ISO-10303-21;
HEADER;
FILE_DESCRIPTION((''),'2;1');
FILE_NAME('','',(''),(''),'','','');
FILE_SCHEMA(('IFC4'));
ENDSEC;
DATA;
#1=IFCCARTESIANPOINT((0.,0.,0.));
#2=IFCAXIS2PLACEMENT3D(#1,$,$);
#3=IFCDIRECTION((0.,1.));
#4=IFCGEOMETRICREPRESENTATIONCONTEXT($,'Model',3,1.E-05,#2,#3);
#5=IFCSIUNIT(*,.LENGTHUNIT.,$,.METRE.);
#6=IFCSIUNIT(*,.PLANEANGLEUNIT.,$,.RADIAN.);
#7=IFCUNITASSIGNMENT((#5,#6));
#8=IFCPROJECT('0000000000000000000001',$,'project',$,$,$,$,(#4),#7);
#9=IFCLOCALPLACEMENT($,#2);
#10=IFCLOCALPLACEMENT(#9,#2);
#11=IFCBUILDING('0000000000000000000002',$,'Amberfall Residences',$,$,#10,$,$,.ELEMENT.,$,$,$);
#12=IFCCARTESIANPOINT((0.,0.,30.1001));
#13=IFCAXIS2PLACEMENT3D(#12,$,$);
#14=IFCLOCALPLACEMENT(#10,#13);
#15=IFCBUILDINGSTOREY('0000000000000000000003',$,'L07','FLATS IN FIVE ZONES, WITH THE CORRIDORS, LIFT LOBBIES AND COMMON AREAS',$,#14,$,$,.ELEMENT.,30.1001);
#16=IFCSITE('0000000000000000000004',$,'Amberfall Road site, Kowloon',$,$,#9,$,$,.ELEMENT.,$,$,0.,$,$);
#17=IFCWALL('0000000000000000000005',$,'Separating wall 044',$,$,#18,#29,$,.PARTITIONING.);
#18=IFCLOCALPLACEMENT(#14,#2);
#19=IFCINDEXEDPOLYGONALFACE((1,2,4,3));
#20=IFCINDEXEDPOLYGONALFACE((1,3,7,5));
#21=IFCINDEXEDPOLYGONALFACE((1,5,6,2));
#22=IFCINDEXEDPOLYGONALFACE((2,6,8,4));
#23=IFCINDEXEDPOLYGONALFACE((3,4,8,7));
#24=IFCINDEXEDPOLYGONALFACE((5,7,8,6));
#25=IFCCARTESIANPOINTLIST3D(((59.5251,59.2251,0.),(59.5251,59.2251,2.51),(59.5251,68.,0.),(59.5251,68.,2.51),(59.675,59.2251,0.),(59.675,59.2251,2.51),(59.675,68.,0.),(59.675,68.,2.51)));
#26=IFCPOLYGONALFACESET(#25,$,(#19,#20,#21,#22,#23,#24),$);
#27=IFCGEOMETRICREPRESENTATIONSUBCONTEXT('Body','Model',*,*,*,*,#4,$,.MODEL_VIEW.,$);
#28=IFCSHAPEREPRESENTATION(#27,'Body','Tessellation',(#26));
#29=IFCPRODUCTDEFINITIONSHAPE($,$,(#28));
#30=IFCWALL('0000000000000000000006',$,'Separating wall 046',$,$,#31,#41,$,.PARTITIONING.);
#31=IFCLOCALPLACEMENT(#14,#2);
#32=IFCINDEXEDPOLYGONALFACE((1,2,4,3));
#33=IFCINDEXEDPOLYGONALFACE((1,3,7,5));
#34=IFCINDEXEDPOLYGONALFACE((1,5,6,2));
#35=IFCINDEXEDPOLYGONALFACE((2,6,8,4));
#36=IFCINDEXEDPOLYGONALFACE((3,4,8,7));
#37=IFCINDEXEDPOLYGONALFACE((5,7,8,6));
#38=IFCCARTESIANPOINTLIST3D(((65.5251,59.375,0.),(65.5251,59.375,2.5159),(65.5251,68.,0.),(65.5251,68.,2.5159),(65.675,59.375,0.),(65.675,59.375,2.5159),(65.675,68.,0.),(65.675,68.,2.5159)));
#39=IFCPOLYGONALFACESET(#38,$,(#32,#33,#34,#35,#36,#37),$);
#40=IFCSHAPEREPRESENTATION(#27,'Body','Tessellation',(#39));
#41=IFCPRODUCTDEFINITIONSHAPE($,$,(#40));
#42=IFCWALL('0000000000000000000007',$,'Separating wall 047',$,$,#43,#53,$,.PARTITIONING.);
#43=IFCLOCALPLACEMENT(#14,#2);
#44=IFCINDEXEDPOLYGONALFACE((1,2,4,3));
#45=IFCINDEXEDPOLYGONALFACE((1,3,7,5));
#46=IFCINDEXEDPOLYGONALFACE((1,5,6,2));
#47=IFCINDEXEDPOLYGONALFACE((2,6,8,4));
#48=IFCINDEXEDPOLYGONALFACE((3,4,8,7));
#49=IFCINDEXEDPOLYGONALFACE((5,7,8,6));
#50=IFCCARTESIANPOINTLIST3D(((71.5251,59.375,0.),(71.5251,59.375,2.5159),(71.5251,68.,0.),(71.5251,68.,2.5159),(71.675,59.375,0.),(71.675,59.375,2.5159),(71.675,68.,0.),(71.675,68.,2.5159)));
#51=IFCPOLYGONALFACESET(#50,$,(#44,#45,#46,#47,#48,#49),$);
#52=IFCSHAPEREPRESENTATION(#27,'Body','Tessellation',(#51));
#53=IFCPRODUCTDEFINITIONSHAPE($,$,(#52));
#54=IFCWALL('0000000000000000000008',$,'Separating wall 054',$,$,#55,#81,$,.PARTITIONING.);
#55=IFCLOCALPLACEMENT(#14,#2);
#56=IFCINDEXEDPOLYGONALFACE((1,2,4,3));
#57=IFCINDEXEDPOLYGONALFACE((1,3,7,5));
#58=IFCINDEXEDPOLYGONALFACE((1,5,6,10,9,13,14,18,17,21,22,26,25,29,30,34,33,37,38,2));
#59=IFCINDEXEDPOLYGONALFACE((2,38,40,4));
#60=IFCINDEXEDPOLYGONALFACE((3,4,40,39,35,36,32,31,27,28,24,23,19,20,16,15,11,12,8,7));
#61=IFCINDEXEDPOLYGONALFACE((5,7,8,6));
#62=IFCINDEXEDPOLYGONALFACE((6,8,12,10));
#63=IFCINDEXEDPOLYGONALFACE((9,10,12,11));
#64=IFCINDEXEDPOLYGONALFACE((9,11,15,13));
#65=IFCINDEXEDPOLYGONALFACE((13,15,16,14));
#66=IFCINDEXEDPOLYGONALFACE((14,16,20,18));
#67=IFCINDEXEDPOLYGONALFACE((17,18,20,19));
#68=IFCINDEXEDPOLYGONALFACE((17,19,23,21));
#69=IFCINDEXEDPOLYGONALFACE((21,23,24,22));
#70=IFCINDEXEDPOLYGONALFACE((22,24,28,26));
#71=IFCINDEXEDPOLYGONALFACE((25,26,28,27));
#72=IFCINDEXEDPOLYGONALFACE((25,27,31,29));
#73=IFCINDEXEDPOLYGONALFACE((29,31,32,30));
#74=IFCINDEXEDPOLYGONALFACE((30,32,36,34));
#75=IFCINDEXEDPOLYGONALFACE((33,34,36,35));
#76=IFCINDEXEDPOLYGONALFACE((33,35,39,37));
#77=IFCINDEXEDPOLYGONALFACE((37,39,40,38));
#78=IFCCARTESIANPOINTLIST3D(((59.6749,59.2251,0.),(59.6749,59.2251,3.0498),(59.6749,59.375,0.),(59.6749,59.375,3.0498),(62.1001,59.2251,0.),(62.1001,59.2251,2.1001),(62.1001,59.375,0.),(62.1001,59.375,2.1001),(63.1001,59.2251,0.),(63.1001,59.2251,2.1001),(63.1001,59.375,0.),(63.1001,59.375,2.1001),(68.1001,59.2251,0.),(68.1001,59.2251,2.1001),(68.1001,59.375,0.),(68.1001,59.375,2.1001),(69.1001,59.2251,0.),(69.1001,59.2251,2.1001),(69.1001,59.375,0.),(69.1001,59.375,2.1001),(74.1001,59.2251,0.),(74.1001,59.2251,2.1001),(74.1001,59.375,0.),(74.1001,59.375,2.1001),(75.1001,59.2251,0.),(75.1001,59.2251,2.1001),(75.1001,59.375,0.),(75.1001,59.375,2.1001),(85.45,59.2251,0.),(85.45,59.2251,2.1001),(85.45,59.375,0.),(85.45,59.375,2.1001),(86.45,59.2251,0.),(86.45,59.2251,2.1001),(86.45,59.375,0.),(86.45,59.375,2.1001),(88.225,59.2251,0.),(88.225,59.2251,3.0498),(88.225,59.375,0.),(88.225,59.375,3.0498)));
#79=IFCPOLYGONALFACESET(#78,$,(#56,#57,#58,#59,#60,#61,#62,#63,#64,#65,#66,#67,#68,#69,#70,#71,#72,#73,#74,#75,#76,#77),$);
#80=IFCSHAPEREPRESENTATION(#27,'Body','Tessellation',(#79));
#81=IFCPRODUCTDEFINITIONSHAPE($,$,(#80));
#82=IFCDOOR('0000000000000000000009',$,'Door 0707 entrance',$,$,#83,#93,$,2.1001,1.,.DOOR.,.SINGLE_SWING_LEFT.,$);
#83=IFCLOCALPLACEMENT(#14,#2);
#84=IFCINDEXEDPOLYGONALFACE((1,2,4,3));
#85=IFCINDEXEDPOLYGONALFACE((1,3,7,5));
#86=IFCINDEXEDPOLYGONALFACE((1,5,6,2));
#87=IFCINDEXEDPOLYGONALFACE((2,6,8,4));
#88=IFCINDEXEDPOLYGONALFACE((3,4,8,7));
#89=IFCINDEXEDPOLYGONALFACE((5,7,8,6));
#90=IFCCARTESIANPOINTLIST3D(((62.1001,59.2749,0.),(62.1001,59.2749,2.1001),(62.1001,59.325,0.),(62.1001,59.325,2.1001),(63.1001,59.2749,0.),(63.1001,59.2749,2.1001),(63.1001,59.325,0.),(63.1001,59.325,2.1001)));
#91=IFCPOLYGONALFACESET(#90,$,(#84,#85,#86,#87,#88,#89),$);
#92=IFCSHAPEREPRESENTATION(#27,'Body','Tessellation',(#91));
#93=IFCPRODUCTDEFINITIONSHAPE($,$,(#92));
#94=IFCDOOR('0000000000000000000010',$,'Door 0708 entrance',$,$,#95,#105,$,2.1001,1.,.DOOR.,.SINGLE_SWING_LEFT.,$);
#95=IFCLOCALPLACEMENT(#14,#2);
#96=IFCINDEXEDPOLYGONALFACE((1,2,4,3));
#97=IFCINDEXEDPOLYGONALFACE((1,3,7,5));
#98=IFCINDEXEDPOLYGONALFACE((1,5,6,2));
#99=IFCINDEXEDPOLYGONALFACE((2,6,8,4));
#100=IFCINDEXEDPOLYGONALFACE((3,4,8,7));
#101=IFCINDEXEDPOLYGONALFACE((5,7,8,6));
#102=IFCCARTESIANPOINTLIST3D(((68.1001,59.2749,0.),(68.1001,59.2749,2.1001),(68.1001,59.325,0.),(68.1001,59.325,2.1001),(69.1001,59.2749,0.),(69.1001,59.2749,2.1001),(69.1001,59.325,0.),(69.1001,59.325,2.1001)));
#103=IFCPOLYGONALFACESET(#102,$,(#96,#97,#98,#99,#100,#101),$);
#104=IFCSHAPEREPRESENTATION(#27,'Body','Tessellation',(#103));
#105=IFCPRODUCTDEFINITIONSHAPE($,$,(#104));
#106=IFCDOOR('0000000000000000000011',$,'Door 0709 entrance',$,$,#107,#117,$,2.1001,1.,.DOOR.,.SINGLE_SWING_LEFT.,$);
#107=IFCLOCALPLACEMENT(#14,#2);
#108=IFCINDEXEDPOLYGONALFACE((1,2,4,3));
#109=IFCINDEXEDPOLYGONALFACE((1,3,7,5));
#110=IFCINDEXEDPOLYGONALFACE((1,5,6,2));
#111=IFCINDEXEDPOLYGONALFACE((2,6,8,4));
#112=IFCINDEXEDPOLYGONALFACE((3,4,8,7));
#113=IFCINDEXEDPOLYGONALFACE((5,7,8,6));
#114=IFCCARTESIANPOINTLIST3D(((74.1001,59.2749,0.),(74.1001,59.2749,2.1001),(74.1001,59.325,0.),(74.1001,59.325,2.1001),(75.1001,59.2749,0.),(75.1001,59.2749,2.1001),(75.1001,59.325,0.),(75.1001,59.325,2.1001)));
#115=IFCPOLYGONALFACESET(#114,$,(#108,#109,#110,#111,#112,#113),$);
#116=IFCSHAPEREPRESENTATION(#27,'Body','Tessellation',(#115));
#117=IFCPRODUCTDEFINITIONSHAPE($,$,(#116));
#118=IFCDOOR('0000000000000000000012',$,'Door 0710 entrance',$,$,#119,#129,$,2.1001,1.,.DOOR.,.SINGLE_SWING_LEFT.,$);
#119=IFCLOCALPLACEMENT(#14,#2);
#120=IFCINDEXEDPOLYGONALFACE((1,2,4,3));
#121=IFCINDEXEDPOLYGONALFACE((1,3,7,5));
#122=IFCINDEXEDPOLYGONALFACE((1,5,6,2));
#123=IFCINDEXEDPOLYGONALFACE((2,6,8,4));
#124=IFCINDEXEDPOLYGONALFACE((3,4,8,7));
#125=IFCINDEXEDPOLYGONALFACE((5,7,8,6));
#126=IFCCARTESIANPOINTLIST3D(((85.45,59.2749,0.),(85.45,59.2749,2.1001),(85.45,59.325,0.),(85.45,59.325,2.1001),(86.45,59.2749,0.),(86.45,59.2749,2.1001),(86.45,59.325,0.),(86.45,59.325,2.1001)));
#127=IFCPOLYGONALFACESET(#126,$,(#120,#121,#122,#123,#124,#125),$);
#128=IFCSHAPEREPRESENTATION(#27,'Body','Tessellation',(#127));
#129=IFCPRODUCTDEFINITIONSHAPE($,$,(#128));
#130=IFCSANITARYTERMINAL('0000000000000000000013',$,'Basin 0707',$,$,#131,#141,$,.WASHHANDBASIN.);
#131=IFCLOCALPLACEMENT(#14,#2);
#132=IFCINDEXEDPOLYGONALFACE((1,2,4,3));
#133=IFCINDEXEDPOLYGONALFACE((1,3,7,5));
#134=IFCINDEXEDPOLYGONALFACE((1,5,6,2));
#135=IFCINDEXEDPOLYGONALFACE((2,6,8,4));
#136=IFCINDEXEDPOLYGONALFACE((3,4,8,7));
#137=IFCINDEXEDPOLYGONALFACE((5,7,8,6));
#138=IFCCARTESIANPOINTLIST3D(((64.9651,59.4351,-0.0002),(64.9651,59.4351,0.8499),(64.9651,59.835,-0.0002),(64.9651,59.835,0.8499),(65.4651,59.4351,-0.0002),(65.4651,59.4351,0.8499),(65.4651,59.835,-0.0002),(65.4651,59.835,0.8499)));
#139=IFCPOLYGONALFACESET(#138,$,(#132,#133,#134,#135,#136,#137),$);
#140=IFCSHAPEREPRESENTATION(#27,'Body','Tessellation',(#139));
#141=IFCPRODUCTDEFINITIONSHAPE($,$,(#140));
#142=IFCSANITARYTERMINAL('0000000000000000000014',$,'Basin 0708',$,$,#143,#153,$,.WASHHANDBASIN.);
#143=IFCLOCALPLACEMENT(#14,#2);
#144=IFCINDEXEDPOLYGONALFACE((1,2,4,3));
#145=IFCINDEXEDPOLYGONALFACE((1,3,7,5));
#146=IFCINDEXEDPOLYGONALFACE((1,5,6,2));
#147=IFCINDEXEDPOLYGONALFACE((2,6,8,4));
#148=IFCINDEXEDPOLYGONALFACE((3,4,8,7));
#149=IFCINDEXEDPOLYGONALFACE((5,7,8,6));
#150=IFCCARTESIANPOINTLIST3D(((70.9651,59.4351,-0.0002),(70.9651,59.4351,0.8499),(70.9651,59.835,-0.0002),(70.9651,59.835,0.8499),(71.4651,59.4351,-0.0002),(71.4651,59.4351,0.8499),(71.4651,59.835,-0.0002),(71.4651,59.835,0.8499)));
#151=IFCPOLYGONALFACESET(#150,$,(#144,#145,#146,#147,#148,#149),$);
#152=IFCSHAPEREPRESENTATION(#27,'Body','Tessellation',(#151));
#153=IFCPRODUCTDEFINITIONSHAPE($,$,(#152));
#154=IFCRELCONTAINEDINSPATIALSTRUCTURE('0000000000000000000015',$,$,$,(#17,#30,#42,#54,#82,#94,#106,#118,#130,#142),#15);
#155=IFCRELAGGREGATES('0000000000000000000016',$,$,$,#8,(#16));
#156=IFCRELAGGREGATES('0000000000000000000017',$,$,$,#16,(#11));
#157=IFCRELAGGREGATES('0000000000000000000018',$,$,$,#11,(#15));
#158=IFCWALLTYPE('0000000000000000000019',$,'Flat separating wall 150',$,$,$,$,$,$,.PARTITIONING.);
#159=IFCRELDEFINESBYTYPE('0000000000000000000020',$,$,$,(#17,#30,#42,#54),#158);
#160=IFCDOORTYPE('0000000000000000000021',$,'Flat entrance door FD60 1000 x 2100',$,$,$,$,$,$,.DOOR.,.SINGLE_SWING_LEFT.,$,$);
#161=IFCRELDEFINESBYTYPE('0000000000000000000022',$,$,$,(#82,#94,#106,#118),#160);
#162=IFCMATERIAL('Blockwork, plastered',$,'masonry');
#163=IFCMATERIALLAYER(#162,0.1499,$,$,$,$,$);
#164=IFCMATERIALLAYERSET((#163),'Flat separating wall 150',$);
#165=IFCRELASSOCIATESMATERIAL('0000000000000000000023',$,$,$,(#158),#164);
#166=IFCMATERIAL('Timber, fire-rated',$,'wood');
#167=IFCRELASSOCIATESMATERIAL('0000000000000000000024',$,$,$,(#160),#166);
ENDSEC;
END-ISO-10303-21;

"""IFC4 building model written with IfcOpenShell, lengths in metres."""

from ifc_helpers import new_model, si_unit, direction, frame, frame_2d, origin, origin_2d, place, context, subcontext, project, spatial, rectangle, extrude, material, layer, layer_set, type_object, element, fill, save


model = new_model("IFC4")

# Units and contexts
model_context = context("Model", 3, precision=1e-05, world=origin(), true_north=direction((0.0, 1.0)))
body_context = subcontext(model_context, "Body", "Model", "MODEL_VIEW")
ifc_project = project(units=[si_unit("LENGTHUNIT", "METRE"), si_unit("PLANEANGLEUNIT", "RADIAN")], contexts=[model_context])

# Site, building, storey
site_placement = place(None, origin())
site = spatial("IfcSite", under=ifc_project, at=site_placement, Name="Amberfall Road site, Kowloon", CompositionType="ELEMENT", RefElevation=0.0)
building_placement = place(site_placement, origin())
building = spatial("IfcBuilding", under=site, at=building_placement, Name="Amberfall Residences", CompositionType="ELEMENT")
storey_placement = place(building_placement, frame((0.0, 0.0, 30.1001)))
storey = spatial("IfcBuildingStorey", under=building, at=storey_placement, Name="L07", Description="FLATS IN FIVE ZONES, WITH THE CORRIDORS, LIFT LOBBIES AND COMMON AREAS", CompositionType="ELEMENT", Elevation=30.1001)

# Walls
ifc_material_1 = material(Name="Blockwork, plastered", Category="masonry")
ifc_layer_1 = layer(ifc_material_1, 0.1499)
ifc_layer_set_1 = layer_set([ifc_layer_1], Name="Flat separating wall 150")
wall_type_1 = type_object("IfcWallType", Name="Flat separating wall 150", PredefinedType="PARTITIONING", material=ifc_layer_set_1)
wall_1_placement = place(storey_placement, frame((59.6001, 59.2251, 0.0), z_axis=(0.0, 0.0, 1.0), x_axis=(0.0, 1.0, 0.0)))
element("IfcWall", 1, at=wall_1_placement, inside=storey, type_object=wall_type_1, Name="Separating wall 044", PredefinedType="PARTITIONING", context=body_context, shape_type="SweptSolid", body=[
    extrude(rectangle(XDim=8.7749, YDim=0.1499, at=frame_2d((4.3875, 0.0))), origin(), (0.0, 0.0, 1.0), 2.51),
])
for number, where, z_axis, x_axis, name in (
    (2, (65.6001, 59.375, 0.0), (0.0, 0.0, 1.0), (0.0, 1.0, 0.0), "Separating wall 046"),
    (3, (71.6001, 59.375, 0.0), (0.0, 0.0, 1.0), (0.0, 1.0, 0.0), "Separating wall 047"),
):
    element("IfcWall", number, at=place(storey_placement, frame(where, z_axis=z_axis, x_axis=x_axis)), inside=storey, type_object=wall_type_1, Name=name, PredefinedType="PARTITIONING", context=body_context, shape_type="SweptSolid", body=[
        extrude(rectangle(XDim=8.625, YDim=0.1499, at=frame_2d((4.3125, 0.0))), origin(), (0.0, 0.0, 1.0), 2.5159),
    ])

# Wall, openings, doors
wall_2_placement = place(storey_placement, frame((59.675, 59.3, 0.0), z_axis=(0.0, 0.0, 1.0), x_axis=(1.0, 0.0, 0.0)))
wall_2 = element("IfcWall", 4, at=wall_2_placement, inside=storey, type_object=wall_type_1, Name="Separating wall 054", PredefinedType="PARTITIONING", context=body_context, shape_type="SweptSolid", body=[
    extrude(rectangle(XDim=28.55, YDim=0.1499, at=frame_2d((14.2749, 0.0))), origin(), (0.0, 0.0, 1.0), 3.0498),
])
opening_1_placement = place(wall_2_placement, frame((2.425, 0.0, 0.0)))
opening_1 = element("IfcOpeningElement", 5, at=opening_1_placement, cuts=wall_2, PredefinedType="OPENING", context=body_context, shape_type="SweptSolid", body=[
    extrude(rectangle(XDim=1.0, YDim=2.1001, at=frame_2d((0.5, 1.05))), frame((0.0, 0.085, 0.0), z_axis=(0.0, -1.0, 0.0), x_axis=(1.0, 0.0, 0.0)), (0.0, 0.0, 1.0), 0.1699),
])
opening_2_placement = place(wall_2_placement, frame((8.425, 0.0, 0.0)))
opening_2 = element("IfcOpeningElement", 6, at=opening_2_placement, cuts=wall_2, PredefinedType="OPENING", context=body_context, shape_type="SweptSolid", body=[
    extrude(rectangle(XDim=1.0, YDim=2.1001, at=frame_2d((0.5, 1.05))), frame((0.0, 0.085, 0.0), z_axis=(0.0, -1.0, 0.0), x_axis=(1.0, 0.0, 0.0)), (0.0, 0.0, 1.0), 0.1699),
])
opening_3_placement = place(wall_2_placement, frame((14.425, 0.0, 0.0)))
opening_3 = element("IfcOpeningElement", 7, at=opening_3_placement, cuts=wall_2, PredefinedType="OPENING", context=body_context, shape_type="SweptSolid", body=[
    extrude(rectangle(XDim=1.0, YDim=2.1001, at=frame_2d((0.5, 1.05))), frame((0.0, 0.085, 0.0), z_axis=(0.0, -1.0, 0.0), x_axis=(1.0, 0.0, 0.0)), (0.0, 0.0, 1.0), 0.1699),
])
opening_4_placement = place(wall_2_placement, frame((25.7749, 0.0, 0.0)))
opening_4 = element("IfcOpeningElement", 8, at=opening_4_placement, cuts=wall_2, PredefinedType="OPENING", context=body_context, shape_type="SweptSolid", body=[
    extrude(rectangle(XDim=1.0, YDim=2.1001, at=frame_2d((0.5, 1.05))), frame((0.0, 0.085, 0.0), z_axis=(0.0, -1.0, 0.0), x_axis=(1.0, 0.0, 0.0)), (0.0, 0.0, 1.0), 0.1699),
])
ifc_material_2 = material(Name="Timber, fire-rated", Category="wood")
door_type_1 = type_object("IfcDoorType", Name="Flat entrance door FD60 1000 x 2100", OperationType="SINGLE_SWING_LEFT", PredefinedType="DOOR", material=ifc_material_2)
door_1_placement = place(opening_1_placement, origin())
door_1 = element("IfcDoor", 9, at=door_1_placement, inside=storey, type_object=door_type_1, Name="Door 0707 entrance", OperationType="SINGLE_SWING_LEFT", OverallHeight=2.1001, OverallWidth=1.0, PredefinedType="DOOR", context=body_context, shape_type="SweptSolid", body=[
    extrude(rectangle(XDim=1.0, YDim=2.1001, at=frame_2d((0.5, 1.05))), frame((0.0, 0.0249, 0.0), z_axis=(0.0, -1.0, 0.0), x_axis=(1.0, 0.0, 0.0)), (0.0, 0.0, 1.0), 0.05),
])
fill(opening_1, door_1)
door_2_placement = place(opening_2_placement, origin())
door_2 = element("IfcDoor", 10, at=door_2_placement, inside=storey, type_object=door_type_1, Name="Door 0708 entrance", OperationType="SINGLE_SWING_LEFT", OverallHeight=2.1001, OverallWidth=1.0, PredefinedType="DOOR", context=body_context, shape_type="SweptSolid", body=[
    extrude(rectangle(XDim=1.0, YDim=2.1001, at=frame_2d((0.5, 1.05))), frame((0.0, 0.0249, 0.0), z_axis=(0.0, -1.0, 0.0), x_axis=(1.0, 0.0, 0.0)), (0.0, 0.0, 1.0), 0.05),
])
fill(opening_2, door_2)
door_3_placement = place(opening_3_placement, origin())
door_3 = element("IfcDoor", 11, at=door_3_placement, inside=storey, type_object=door_type_1, Name="Door 0709 entrance", OperationType="SINGLE_SWING_LEFT", OverallHeight=2.1001, OverallWidth=1.0, PredefinedType="DOOR", context=body_context, shape_type="SweptSolid", body=[
    extrude(rectangle(XDim=1.0, YDim=2.1001, at=frame_2d((0.5, 1.05))), frame((0.0, 0.0249, 0.0), z_axis=(0.0, -1.0, 0.0), x_axis=(1.0, 0.0, 0.0)), (0.0, 0.0, 1.0), 0.05),
])
fill(opening_3, door_3)
door_4_placement = place(opening_4_placement, origin())
door_4 = element("IfcDoor", 12, at=door_4_placement, inside=storey, type_object=door_type_1, Name="Door 0710 entrance", OperationType="SINGLE_SWING_LEFT", OverallHeight=2.1001, OverallWidth=1.0, PredefinedType="DOOR", context=body_context, shape_type="SweptSolid", body=[
    extrude(rectangle(XDim=1.0, YDim=2.1001, at=frame_2d((0.5, 1.05))), frame((0.0, 0.0249, 0.0), z_axis=(0.0, -1.0, 0.0), x_axis=(1.0, 0.0, 0.0)), (0.0, 0.0, 1.0), 0.05),
])
fill(opening_4, door_4)

# Sanitary terminals
for number, where, z_axis, x_axis, name in (
    (13, (65.2151, 59.635, -0.0002), (0.0, 0.0, 1.0), (1.0, 0.0, 0.0), "Basin 0707"),
    (14, (71.2151, 59.635, -0.0002), (0.0, 0.0, 1.0), (1.0, 0.0, 0.0), "Basin 0708"),
):
    element("IfcSanitaryTerminal", number, at=place(storey_placement, frame(where, z_axis=z_axis, x_axis=x_axis)), inside=storey, Name=name, PredefinedType="WASHHANDBASIN", context=body_context, shape_type="SweptSolid", body=[
        extrude(rectangle(XDim=0.5, YDim=0.3999, at=origin_2d()), origin(), (0.0, 0.0, 1.0), 0.8501),
    ])

save(model, "model.ifc")
